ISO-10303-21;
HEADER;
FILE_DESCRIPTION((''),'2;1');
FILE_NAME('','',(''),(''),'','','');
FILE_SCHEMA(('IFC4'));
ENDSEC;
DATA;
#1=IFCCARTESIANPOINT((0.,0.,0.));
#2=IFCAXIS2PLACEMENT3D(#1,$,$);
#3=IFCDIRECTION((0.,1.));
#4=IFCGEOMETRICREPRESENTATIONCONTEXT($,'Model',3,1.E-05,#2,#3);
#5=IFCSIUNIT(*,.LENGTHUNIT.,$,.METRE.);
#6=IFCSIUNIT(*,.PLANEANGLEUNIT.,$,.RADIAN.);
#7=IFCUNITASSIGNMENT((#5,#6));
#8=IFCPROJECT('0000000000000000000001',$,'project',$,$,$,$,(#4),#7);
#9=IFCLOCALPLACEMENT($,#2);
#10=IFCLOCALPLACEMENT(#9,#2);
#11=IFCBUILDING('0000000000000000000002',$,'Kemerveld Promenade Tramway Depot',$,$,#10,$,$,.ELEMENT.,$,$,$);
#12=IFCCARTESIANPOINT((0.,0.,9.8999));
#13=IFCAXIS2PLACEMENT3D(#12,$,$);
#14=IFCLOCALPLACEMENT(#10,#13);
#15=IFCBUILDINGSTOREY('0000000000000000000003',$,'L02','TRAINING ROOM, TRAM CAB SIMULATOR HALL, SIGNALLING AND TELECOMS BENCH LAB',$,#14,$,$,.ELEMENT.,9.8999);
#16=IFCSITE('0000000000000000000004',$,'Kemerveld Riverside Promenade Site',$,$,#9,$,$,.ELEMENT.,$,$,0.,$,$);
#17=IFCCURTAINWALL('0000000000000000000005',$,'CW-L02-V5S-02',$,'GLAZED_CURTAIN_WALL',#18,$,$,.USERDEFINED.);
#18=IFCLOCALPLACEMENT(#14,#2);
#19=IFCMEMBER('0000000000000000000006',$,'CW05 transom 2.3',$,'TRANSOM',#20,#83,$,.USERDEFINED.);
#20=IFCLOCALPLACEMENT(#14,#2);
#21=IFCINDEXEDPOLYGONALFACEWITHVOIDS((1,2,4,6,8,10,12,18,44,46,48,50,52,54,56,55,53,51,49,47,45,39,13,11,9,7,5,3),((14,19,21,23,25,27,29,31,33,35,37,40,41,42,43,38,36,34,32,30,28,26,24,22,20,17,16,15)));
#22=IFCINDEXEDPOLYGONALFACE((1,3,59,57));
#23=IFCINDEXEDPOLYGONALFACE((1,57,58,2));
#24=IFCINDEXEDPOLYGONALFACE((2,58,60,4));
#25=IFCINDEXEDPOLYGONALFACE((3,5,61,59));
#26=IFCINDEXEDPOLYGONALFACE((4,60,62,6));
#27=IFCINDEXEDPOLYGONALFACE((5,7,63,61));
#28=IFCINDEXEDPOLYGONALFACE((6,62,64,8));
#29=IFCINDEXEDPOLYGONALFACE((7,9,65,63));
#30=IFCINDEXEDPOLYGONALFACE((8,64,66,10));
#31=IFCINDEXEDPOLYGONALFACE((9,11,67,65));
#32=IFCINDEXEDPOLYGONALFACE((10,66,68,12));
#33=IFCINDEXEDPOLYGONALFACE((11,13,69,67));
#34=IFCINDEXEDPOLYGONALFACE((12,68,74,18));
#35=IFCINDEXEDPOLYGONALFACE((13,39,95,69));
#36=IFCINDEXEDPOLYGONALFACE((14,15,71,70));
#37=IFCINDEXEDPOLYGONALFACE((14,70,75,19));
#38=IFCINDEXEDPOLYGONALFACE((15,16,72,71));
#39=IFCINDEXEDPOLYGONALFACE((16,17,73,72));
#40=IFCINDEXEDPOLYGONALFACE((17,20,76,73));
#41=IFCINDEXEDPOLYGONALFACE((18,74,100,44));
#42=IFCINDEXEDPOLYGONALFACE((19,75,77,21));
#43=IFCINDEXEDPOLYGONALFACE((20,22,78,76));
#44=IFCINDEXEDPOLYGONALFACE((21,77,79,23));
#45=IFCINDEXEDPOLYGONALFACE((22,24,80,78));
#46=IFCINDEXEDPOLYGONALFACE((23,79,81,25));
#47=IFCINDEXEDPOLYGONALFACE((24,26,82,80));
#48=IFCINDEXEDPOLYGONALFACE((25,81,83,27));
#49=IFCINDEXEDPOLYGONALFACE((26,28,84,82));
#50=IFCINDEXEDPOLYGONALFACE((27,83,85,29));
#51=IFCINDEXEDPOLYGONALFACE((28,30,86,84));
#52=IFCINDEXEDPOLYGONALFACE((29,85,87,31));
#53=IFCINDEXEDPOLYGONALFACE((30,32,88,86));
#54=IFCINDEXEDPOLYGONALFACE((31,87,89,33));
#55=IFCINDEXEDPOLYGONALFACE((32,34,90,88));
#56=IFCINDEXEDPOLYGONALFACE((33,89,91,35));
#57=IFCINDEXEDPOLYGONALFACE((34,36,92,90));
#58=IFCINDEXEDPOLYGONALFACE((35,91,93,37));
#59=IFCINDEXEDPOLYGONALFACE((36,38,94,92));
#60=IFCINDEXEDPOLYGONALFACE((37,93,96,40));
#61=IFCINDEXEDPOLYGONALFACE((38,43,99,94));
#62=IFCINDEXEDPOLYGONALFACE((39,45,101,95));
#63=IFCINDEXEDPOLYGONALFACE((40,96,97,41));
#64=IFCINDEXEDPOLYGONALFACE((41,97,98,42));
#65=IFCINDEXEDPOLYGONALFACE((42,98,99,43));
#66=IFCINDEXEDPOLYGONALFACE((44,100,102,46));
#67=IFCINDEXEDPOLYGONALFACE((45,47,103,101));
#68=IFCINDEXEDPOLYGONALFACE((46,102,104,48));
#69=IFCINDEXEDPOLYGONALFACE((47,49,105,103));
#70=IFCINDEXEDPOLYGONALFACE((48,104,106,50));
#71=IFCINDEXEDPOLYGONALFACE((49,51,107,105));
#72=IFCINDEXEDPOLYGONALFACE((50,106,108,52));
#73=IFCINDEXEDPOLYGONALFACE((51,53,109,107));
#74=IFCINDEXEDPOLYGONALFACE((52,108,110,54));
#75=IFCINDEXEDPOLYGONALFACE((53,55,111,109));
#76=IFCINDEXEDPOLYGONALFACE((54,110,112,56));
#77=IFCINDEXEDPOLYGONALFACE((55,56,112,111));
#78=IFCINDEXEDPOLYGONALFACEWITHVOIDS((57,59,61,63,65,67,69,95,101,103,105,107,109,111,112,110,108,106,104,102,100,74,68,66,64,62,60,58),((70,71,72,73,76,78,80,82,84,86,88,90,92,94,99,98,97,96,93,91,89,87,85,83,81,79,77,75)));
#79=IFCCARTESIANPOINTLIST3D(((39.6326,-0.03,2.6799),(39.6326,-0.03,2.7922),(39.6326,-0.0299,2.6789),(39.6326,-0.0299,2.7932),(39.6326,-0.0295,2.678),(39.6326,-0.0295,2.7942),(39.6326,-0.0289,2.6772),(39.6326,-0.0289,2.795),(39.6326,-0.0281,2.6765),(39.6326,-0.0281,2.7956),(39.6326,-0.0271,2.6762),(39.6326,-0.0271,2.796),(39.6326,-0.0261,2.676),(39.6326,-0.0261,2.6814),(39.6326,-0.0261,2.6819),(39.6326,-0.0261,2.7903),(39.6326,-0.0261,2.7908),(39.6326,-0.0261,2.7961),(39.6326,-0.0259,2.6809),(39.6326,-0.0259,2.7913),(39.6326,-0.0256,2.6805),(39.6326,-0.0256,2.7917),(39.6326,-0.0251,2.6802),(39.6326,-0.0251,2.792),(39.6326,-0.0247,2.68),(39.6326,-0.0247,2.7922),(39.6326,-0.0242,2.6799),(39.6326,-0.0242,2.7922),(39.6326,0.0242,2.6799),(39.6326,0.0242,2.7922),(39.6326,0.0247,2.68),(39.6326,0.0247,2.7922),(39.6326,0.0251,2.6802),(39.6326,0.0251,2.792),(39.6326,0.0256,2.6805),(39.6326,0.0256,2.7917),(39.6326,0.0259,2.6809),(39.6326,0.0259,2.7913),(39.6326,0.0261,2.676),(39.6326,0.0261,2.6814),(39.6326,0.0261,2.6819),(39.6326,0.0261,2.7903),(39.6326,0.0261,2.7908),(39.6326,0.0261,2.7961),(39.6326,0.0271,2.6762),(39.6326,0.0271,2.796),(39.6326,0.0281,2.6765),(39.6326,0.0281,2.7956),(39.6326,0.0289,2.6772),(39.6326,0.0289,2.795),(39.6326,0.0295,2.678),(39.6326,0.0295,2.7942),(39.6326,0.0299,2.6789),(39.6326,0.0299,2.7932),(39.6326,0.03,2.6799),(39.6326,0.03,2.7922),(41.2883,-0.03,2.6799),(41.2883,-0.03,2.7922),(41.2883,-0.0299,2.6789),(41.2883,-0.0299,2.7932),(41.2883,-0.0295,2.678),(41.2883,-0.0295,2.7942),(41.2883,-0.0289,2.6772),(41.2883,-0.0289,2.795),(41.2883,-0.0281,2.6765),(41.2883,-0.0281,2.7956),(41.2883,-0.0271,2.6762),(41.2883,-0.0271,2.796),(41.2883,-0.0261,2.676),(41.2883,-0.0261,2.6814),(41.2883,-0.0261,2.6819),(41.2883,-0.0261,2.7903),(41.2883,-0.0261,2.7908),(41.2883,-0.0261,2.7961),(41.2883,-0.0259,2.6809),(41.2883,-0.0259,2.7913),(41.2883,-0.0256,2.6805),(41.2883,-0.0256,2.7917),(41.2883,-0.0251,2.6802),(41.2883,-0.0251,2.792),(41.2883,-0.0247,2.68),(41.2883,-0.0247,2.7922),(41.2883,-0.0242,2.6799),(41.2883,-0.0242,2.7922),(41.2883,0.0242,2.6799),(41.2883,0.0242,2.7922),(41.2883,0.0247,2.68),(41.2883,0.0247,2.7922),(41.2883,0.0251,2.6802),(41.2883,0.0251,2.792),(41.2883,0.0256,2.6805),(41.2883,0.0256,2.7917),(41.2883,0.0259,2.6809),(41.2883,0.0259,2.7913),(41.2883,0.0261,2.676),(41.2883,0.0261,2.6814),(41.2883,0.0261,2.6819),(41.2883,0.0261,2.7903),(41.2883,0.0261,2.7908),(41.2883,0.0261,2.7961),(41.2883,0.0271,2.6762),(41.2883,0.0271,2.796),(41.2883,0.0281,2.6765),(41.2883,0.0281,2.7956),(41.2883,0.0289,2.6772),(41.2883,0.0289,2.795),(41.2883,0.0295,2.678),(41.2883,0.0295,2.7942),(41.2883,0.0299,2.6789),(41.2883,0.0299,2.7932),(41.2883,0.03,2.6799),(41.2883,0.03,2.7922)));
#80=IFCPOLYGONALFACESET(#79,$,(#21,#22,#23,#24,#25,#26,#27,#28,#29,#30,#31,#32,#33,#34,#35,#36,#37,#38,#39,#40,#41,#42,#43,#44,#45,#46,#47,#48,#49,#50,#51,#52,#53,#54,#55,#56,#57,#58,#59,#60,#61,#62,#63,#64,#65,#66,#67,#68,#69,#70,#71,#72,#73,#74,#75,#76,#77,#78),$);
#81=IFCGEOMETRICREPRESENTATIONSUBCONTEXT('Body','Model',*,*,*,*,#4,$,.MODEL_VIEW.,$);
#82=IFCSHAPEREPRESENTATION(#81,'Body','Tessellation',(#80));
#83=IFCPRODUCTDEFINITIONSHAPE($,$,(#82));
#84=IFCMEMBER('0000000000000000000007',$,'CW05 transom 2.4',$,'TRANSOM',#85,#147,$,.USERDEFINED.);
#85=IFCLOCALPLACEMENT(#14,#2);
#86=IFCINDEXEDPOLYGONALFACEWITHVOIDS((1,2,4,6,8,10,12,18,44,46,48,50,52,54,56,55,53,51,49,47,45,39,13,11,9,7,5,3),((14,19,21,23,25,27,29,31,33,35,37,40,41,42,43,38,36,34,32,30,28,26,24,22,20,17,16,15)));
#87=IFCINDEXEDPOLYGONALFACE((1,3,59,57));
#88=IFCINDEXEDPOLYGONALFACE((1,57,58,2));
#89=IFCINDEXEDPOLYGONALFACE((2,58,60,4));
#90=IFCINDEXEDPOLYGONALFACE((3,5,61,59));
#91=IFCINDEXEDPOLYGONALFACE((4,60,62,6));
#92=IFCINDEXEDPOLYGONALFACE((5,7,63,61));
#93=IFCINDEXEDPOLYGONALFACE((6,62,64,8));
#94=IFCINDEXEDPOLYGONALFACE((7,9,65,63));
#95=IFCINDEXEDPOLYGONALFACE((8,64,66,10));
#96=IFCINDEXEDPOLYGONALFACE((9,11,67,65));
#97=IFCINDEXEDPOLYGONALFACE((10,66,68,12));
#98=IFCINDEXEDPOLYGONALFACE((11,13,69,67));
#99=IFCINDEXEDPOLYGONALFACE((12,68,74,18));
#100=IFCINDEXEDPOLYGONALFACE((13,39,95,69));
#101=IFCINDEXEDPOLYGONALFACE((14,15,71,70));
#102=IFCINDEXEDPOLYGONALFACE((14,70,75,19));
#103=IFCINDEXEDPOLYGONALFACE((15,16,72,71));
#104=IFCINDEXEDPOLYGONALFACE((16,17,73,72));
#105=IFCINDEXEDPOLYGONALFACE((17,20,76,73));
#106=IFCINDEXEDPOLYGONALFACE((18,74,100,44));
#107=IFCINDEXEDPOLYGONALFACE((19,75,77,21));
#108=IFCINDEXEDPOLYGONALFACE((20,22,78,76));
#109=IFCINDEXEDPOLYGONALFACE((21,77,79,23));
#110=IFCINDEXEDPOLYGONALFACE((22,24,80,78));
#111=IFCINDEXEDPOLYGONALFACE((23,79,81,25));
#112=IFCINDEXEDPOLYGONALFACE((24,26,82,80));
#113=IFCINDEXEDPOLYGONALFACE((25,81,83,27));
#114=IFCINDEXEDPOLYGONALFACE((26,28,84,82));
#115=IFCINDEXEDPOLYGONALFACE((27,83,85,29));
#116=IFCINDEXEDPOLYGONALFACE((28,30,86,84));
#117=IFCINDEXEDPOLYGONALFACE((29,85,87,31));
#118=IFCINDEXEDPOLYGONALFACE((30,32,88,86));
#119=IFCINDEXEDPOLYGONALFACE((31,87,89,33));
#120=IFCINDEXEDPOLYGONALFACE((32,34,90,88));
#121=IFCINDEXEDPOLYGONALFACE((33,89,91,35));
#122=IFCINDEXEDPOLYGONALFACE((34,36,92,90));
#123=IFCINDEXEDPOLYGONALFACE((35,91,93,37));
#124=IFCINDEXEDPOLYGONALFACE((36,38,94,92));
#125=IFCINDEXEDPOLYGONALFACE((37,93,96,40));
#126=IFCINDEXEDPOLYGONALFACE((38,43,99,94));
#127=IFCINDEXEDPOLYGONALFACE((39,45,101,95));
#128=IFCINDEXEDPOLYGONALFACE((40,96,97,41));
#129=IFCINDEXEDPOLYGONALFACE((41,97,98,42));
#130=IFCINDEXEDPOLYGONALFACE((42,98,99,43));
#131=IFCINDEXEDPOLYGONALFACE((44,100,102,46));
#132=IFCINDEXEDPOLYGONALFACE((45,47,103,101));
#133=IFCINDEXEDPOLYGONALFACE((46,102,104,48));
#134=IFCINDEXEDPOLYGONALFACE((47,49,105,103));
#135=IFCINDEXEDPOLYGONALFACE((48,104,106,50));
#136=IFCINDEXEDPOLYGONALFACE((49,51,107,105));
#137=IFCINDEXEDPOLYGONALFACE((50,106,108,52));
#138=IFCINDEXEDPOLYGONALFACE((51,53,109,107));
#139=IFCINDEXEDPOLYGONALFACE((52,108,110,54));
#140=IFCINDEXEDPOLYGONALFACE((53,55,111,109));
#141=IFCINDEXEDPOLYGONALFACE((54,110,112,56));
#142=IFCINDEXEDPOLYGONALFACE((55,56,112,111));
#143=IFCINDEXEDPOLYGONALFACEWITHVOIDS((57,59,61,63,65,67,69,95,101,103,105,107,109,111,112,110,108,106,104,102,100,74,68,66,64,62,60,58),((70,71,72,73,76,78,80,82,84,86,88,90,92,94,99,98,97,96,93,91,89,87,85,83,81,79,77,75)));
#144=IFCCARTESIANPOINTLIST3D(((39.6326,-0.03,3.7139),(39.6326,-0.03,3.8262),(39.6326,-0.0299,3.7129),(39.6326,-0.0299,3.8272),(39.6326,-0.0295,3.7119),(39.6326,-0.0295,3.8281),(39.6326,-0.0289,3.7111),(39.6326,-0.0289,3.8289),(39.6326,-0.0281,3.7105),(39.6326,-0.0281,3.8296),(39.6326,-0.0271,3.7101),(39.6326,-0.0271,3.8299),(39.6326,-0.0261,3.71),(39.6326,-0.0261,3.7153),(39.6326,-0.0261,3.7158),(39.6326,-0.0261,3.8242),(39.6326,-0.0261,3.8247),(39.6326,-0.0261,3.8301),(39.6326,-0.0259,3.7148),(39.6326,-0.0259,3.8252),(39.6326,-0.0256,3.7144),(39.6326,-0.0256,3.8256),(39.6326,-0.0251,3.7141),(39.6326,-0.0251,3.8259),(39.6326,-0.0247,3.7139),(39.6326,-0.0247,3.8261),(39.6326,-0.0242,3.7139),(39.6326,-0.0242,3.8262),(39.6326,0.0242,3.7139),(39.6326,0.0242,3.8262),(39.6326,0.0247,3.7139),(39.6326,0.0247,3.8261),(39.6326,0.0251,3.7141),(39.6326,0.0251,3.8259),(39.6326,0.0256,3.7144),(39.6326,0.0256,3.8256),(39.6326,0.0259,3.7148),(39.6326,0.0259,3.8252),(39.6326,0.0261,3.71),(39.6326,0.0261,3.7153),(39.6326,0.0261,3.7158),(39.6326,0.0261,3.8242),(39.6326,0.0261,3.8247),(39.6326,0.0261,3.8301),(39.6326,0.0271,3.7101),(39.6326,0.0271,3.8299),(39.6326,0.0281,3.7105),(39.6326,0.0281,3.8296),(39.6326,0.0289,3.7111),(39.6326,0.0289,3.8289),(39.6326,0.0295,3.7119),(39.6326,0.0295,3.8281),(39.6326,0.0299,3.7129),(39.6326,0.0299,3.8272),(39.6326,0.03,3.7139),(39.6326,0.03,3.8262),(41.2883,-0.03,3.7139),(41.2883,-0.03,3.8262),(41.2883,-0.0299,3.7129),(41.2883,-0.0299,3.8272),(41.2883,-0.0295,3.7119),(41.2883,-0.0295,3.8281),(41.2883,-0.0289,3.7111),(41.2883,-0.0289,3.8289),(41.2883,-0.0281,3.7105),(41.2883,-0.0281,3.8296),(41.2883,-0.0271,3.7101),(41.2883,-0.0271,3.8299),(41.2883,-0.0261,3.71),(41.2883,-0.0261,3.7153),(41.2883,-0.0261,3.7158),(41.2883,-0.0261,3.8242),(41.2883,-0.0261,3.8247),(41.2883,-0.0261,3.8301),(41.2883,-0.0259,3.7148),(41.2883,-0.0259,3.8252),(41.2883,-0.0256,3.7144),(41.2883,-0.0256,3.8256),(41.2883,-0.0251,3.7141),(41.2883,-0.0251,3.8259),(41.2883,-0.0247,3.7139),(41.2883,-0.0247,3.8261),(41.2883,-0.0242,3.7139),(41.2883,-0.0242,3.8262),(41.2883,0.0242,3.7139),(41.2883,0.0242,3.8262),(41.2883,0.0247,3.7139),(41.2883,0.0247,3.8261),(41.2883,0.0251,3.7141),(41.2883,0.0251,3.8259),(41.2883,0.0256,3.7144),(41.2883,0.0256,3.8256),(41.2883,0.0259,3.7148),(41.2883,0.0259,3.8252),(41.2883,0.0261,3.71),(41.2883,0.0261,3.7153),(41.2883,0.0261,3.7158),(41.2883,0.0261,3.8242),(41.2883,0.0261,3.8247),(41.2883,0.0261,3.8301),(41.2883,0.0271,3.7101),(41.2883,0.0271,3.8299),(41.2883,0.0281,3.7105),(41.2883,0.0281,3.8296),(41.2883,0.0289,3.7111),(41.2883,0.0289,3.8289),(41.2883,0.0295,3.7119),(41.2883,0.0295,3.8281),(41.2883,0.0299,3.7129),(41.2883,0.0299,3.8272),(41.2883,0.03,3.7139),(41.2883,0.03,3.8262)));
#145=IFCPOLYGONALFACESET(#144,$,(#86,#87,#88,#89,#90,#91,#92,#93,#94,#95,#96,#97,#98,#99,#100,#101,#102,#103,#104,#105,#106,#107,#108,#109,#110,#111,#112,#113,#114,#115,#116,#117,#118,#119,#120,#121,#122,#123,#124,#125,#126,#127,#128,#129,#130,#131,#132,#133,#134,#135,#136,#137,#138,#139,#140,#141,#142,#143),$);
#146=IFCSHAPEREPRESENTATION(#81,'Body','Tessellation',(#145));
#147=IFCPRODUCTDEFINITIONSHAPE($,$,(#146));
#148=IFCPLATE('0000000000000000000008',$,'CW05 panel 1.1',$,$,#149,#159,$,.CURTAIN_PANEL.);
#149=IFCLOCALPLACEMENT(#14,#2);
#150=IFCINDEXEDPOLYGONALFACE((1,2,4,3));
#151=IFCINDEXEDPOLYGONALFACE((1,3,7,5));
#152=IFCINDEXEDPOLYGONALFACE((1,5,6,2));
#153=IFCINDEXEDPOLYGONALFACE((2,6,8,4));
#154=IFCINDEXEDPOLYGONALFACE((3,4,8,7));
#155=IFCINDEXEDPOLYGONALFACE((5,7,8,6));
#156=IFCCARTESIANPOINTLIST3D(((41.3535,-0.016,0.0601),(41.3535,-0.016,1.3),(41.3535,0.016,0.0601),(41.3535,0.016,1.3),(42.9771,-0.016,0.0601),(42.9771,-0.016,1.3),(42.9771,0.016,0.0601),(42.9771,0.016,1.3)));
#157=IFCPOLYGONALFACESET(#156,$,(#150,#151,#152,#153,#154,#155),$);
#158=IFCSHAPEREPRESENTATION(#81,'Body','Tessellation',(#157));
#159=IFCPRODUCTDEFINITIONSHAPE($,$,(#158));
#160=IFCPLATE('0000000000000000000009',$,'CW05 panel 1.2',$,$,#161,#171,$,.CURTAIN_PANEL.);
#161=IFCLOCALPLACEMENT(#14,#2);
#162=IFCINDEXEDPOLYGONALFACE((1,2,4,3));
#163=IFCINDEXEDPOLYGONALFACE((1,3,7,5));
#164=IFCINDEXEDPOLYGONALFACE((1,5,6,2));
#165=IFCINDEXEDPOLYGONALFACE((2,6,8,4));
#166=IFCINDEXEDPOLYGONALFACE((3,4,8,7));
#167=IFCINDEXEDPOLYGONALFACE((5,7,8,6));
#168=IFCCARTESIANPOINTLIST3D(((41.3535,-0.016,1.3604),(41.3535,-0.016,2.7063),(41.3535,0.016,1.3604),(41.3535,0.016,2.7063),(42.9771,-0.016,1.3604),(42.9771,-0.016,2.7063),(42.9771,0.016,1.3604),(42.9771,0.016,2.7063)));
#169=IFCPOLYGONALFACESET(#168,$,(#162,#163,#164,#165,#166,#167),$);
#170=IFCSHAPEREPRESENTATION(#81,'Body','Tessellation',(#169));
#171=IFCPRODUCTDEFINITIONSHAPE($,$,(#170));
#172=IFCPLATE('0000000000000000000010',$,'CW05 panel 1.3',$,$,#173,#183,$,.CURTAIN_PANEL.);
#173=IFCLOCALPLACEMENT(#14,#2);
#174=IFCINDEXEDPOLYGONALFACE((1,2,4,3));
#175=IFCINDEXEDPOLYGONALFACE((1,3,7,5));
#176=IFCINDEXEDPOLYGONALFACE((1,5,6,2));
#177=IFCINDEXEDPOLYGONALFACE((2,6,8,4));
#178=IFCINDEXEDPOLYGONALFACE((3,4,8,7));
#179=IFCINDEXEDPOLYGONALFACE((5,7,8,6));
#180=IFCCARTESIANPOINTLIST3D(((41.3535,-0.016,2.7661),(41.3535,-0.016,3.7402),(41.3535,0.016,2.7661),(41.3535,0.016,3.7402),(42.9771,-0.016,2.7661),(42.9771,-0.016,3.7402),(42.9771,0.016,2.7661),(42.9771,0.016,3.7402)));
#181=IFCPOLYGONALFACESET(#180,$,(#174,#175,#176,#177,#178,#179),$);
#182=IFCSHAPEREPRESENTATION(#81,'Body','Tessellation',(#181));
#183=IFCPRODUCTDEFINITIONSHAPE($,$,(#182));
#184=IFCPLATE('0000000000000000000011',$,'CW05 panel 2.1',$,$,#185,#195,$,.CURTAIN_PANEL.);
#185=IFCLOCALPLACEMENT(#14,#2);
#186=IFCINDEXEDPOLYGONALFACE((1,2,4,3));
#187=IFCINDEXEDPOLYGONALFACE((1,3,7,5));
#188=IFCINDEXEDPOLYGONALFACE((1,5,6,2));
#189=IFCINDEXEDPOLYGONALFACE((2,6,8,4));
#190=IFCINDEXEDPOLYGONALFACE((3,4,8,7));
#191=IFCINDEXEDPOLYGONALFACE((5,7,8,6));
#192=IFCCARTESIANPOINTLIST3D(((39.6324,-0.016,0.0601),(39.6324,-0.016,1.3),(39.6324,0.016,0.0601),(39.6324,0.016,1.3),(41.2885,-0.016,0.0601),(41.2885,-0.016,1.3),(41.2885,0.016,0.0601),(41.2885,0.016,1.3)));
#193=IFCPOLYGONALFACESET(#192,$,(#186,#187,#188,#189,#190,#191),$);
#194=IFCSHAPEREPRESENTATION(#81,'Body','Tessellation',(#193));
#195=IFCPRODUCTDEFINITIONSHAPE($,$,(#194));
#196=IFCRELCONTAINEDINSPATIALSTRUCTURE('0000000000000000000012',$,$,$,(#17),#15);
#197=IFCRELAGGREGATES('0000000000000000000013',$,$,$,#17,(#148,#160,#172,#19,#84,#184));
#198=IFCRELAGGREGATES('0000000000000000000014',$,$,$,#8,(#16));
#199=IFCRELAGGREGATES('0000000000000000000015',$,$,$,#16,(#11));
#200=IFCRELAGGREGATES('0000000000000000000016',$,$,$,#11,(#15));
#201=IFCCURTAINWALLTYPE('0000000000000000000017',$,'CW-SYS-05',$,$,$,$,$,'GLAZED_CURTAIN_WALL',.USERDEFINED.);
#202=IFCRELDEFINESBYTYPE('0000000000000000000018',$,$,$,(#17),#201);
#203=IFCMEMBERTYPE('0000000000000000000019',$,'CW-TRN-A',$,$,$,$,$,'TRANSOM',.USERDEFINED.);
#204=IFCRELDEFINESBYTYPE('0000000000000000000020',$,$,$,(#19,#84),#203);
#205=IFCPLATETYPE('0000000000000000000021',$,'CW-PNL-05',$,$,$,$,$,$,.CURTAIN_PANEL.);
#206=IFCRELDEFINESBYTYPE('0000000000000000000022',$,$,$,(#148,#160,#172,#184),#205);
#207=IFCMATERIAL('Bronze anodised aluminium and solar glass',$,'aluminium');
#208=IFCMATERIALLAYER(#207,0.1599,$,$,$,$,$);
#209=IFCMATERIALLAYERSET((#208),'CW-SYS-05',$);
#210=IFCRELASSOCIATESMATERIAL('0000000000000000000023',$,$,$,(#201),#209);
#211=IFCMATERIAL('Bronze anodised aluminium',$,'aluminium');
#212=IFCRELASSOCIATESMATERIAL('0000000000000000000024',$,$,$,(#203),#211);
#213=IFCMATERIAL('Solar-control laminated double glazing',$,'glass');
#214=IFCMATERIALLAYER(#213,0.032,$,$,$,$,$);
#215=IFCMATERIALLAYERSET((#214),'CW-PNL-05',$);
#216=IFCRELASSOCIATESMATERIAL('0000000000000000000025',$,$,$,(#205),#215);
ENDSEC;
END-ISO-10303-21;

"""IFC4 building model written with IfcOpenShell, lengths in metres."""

from ifc_helpers import new_model, si_unit, direction, frame, origin, origin_2d, place, context, subcontext, project, spatial, rectangle, hollow_rectangle, extrude, material, layer, layer_set, material_profile, profile_set, type_object, element, aggregate, save


model = new_model("IFC4")

# Units and contexts
model_context = context("Model", 3, precision=1e-05, world=origin(), true_north=direction((0.0, 1.0)))
body_context = subcontext(model_context, "Body", "Model", "MODEL_VIEW")
ifc_project = project(units=[si_unit("LENGTHUNIT", "METRE"), si_unit("PLANEANGLEUNIT", "RADIAN")], contexts=[model_context])

# Site, building, storey
site_placement = place(None, origin())
site = spatial("IfcSite", under=ifc_project, at=site_placement, Name="Kemerveld Riverside Promenade Site", CompositionType="ELEMENT", RefElevation=0.0)
building_placement = place(site_placement, origin())
building = spatial("IfcBuilding", under=site, at=building_placement, Name="Kemerveld Promenade Tramway Depot", CompositionType="ELEMENT")
storey_placement = place(building_placement, frame((0.0, 0.0, 9.8999)))
storey = spatial("IfcBuildingStorey", under=building, at=storey_placement, Name="L02", Description="TRAINING ROOM, TRAM CAB SIMULATOR HALL, SIGNALLING AND TELECOMS BENCH LAB", CompositionType="ELEMENT", Elevation=9.8999)

# Curtain wall, members, plates
ifc_material_1 = material(Name="Bronze anodised aluminium and solar glass", Category="aluminium")
ifc_layer_1 = layer(ifc_material_1, 0.1599)
ifc_layer_set_1 = layer_set([ifc_layer_1], Name="CW-SYS-05")
curtain_wall_type = type_object("IfcCurtainWallType", Name="CW-SYS-05", ElementType="GLAZED_CURTAIN_WALL", PredefinedType="USERDEFINED", material=ifc_layer_set_1)
curtain_wall_placement = place(storey_placement, origin())
curtain_wall = element("IfcCurtainWall", 1, at=curtain_wall_placement, inside=storey, type_object=curtain_wall_type, Name="CW-L02-V5S-02", ObjectType="GLAZED_CURTAIN_WALL", PredefinedType="USERDEFINED")
ifc_material_2 = material(Name="Bronze anodised aluminium", Category="aluminium")
ifc_material_profile_1 = material_profile(ifc_material_2, hollow_rectangle(XDim=0.0601, YDim=0.1201, WallThickness=0.0039, InnerFilletRadius=0.002, OuterFilletRadius=0.0039, at=origin_2d()), Name="CW-TRN-120x60")
ifc_profile_set_1 = profile_set([ifc_material_profile_1], Name="Bronze anodised aluminium")
member_type_1 = type_object("IfcMemberType", Name="CW-TRN-A", ElementType="TRANSOM", PredefinedType="USERDEFINED", material=ifc_profile_set_1)
member_1_placement = place(storey_placement, frame((41.2883, 0.0, 2.7361), z_axis=(-1.0, 0.0, 0.0), x_axis=(0.0, -1.0, 0.0)))
member_1 = element("IfcMember", 2, at=member_1_placement, type_object=member_type_1, Name="CW05 transom 2.3", ObjectType="TRANSOM", PredefinedType="USERDEFINED", context=body_context, shape_type="SweptSolid", body=[
    extrude(hollow_rectangle(XDim=0.0601, YDim=0.1201, WallThickness=0.0039, InnerFilletRadius=0.002, OuterFilletRadius=0.0039, at=origin_2d()), origin(), (0.0, 0.0, 1.0), 1.6558),
])
member_2_placement = place(storey_placement, frame((41.2883, 0.0, 3.77), z_axis=(-1.0, 0.0, 0.0), x_axis=(0.0, -1.0, 0.0)))
member_2 = element("IfcMember", 3, at=member_2_placement, type_object=member_type_1, Name="CW05 transom 2.4", ObjectType="TRANSOM", PredefinedType="USERDEFINED", context=body_context, shape_type="SweptSolid", body=[
    extrude(hollow_rectangle(XDim=0.0601, YDim=0.1201, WallThickness=0.0039, InnerFilletRadius=0.002, OuterFilletRadius=0.0039, at=origin_2d()), origin(), (0.0, 0.0, 1.0), 1.6558),
])
ifc_material_3 = material(Name="Solar-control laminated double glazing", Category="glass")
ifc_layer_2 = layer(ifc_material_3, 0.032)
ifc_layer_set_2 = layer_set([ifc_layer_2], Name="CW-PNL-05")
plate_type = type_object("IfcPlateType", Name="CW-PNL-05", PredefinedType="CURTAIN_PANEL", material=ifc_layer_set_2)
plate_1_placement = place(storey_placement, frame((42.1653, 0.0, 0.0601), z_axis=(0.0, 0.0, 1.0), x_axis=(-1.0, 0.0, 0.0)))
plate_1 = element("IfcPlate", 4, at=plate_1_placement, type_object=plate_type, Name="CW05 panel 1.1", PredefinedType="CURTAIN_PANEL", context=body_context, shape_type="SweptSolid", body=[
    extrude(rectangle(XDim=1.6235, YDim=0.032, at=origin_2d()), origin(), (0.0, 0.0, 1.0), 1.24),
])
plate_2_placement = place(storey_placement, frame((42.1653, 0.0, 1.3604), z_axis=(0.0, 0.0, 1.0), x_axis=(-1.0, 0.0, 0.0)))
plate_2 = element("IfcPlate", 5, at=plate_2_placement, type_object=plate_type, Name="CW05 panel 1.2", PredefinedType="CURTAIN_PANEL", context=body_context, shape_type="SweptSolid", body=[
    extrude(rectangle(XDim=1.6235, YDim=0.032, at=origin_2d()), origin(), (0.0, 0.0, 1.0), 1.3459),
])
plate_3_placement = place(storey_placement, frame((42.1653, 0.0, 2.7661), z_axis=(0.0, 0.0, 1.0), x_axis=(-1.0, 0.0, 0.0)))
plate_3 = element("IfcPlate", 6, at=plate_3_placement, type_object=plate_type, Name="CW05 panel 1.3", PredefinedType="CURTAIN_PANEL", context=body_context, shape_type="SweptSolid", body=[
    extrude(rectangle(XDim=1.6235, YDim=0.032, at=origin_2d()), origin(), (0.0, 0.0, 1.0), 0.9741),
])
plate_4_placement = place(storey_placement, frame((40.4604, 0.0, 0.0601), z_axis=(0.0, 0.0, 1.0), x_axis=(-1.0, 0.0, 0.0)))
plate_4 = element("IfcPlate", 7, at=plate_4_placement, type_object=plate_type, Name="CW05 panel 2.1", PredefinedType="CURTAIN_PANEL", context=body_context, shape_type="SweptSolid", body=[
    extrude(rectangle(XDim=1.656, YDim=0.032, at=origin_2d()), origin(), (0.0, 0.0, 1.0), 1.24),
])
aggregate(curtain_wall, [plate_1, plate_2, plate_3, member_1, member_2, plate_4])

save(model, "model.ifc")
